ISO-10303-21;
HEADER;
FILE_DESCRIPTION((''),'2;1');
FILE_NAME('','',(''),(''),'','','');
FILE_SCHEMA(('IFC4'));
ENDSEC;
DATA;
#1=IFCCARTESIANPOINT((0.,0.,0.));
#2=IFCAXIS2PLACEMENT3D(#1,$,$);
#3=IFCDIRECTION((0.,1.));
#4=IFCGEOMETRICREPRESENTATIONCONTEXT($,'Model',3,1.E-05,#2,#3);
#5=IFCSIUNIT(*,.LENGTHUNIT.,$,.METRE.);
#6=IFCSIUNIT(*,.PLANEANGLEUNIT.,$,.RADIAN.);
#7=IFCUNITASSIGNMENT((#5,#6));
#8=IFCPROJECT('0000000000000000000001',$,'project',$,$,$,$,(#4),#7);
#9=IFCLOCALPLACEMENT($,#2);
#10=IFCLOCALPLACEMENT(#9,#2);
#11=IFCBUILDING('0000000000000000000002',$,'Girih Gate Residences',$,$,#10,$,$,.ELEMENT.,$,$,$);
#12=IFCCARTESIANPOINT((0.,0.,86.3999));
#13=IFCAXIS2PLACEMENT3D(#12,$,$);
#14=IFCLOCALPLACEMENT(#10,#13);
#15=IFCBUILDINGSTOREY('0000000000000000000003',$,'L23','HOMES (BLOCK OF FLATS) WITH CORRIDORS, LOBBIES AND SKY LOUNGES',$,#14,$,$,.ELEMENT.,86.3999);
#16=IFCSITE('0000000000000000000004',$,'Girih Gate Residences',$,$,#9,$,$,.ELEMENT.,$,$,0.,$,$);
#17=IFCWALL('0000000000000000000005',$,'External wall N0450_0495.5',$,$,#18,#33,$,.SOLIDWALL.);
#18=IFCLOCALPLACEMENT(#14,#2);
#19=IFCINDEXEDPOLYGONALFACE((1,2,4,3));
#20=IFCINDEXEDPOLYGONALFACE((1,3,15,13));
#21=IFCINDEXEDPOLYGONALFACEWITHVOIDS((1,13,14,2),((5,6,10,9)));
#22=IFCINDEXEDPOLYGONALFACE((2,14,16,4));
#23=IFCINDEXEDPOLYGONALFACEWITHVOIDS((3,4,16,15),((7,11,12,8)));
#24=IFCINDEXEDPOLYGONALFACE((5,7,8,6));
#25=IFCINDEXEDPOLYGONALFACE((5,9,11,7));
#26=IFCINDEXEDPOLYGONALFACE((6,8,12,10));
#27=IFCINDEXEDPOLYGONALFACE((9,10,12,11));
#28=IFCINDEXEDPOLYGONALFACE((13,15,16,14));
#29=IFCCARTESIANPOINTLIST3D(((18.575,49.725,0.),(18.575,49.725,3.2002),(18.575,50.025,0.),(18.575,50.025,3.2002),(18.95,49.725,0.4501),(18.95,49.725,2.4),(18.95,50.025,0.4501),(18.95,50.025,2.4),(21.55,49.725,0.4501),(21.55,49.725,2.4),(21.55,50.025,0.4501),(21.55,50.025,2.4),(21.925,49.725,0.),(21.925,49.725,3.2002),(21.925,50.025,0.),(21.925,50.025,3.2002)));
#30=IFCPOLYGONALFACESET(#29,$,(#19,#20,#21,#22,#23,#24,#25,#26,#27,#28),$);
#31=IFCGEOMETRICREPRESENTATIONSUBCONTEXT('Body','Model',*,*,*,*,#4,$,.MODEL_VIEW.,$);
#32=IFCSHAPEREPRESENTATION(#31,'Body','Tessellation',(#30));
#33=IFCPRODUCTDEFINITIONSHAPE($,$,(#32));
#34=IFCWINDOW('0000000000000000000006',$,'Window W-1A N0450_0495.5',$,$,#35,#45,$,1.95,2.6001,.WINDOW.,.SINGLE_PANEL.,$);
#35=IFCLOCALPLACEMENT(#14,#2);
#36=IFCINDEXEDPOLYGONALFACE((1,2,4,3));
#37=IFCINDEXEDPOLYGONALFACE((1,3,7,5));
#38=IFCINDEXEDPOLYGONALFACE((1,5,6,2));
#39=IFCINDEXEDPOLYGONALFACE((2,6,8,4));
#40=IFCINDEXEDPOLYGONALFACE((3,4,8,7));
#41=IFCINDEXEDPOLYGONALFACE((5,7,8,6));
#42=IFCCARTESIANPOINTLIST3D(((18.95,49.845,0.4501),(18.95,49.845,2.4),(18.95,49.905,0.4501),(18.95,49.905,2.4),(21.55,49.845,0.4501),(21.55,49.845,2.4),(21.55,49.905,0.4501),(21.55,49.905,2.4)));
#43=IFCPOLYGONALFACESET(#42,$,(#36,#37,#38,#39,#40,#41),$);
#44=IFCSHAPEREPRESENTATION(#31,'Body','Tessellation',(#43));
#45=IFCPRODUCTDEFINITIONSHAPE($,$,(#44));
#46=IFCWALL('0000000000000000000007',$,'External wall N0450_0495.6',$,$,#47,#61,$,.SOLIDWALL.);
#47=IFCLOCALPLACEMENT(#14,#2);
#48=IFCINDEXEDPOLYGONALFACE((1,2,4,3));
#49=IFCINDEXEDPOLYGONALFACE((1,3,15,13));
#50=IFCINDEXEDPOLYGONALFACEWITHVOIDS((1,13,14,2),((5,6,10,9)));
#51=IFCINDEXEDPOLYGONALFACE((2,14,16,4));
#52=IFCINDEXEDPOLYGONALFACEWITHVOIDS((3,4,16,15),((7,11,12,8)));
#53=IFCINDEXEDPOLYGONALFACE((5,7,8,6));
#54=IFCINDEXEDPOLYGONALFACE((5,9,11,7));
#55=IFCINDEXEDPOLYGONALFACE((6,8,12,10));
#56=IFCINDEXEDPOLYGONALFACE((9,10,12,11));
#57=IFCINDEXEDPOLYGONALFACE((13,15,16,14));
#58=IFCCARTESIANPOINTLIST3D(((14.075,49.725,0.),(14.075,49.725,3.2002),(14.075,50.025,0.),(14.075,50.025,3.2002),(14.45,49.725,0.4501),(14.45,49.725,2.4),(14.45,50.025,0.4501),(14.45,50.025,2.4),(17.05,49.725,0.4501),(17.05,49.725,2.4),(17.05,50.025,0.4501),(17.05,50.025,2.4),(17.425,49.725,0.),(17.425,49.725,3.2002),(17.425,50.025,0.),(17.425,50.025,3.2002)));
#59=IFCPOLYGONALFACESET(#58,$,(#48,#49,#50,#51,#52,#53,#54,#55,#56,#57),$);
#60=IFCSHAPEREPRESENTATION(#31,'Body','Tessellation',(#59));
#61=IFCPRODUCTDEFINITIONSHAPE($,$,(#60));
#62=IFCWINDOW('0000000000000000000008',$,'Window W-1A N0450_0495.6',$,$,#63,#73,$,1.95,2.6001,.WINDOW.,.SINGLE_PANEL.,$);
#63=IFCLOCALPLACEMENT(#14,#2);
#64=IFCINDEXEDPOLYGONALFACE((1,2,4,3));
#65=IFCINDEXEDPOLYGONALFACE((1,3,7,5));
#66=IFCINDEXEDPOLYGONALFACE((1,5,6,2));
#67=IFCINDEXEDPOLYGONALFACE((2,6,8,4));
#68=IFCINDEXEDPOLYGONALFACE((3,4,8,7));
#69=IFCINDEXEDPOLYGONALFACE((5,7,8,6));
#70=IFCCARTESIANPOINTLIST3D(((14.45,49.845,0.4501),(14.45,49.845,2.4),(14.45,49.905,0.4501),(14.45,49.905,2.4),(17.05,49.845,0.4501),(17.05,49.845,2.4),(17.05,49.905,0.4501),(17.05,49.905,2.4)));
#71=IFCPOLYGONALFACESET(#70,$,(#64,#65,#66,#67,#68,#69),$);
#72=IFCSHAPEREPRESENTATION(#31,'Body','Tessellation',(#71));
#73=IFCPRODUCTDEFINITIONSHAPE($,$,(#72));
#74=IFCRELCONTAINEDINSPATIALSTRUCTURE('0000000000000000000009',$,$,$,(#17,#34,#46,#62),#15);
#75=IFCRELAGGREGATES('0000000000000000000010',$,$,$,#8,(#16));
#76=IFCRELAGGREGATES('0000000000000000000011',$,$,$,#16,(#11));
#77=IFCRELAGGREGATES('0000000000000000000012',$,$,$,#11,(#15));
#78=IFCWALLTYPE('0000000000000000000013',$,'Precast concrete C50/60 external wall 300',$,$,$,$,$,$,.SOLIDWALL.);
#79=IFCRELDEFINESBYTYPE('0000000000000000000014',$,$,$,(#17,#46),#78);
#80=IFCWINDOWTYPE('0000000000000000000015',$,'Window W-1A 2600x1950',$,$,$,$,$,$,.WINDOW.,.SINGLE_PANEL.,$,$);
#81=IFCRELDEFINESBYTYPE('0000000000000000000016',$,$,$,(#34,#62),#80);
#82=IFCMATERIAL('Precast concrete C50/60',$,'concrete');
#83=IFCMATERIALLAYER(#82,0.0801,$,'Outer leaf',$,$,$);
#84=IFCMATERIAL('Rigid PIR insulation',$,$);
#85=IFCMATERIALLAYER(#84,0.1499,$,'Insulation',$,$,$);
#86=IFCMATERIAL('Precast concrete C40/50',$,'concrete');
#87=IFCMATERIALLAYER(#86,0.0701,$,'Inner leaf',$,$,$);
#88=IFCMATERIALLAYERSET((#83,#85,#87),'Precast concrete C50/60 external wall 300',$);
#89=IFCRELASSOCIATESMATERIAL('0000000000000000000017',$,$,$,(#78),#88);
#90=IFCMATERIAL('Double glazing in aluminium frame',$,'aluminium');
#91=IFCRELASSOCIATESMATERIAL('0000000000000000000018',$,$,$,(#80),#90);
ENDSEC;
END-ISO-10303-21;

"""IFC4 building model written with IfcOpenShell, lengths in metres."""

from ifc_helpers import new_model, si_unit, direction, frame, frame_2d, origin, place, context, subcontext, project, spatial, rectangle, extrude, material, layer, layer_set, type_object, element, fill, save


model = new_model("IFC4")

# Units and contexts
model_context = context("Model", 3, precision=1e-05, world=origin(), true_north=direction((0.0, 1.0)))
body_context = subcontext(model_context, "Body", "Model", "MODEL_VIEW")
ifc_project = project(units=[si_unit("LENGTHUNIT", "METRE"), si_unit("PLANEANGLEUNIT", "RADIAN")], contexts=[model_context])

# Site, building, storey
site_placement = place(None, origin())
site = spatial("IfcSite", under=ifc_project, at=site_placement, Name="Girih Gate Residences", CompositionType="ELEMENT", RefElevation=0.0)
building_placement = place(site_placement, origin())
building = spatial("IfcBuilding", under=site, at=building_placement, Name="Girih Gate Residences", CompositionType="ELEMENT")
storey_placement = place(building_placement, frame((0.0, 0.0, 86.3999)))
storey = spatial("IfcBuildingStorey", under=building, at=storey_placement, Name="L23", Description="HOMES (BLOCK OF FLATS) WITH CORRIDORS, LOBBIES AND SKY LOUNGES", CompositionType="ELEMENT", Elevation=86.3999)

# Walls, openings, windows
ifc_material_1 = material(Name="Precast concrete C50/60", Category="concrete")
ifc_layer_1 = layer(ifc_material_1, 0.0801, Name="Outer leaf")
ifc_material_2 = material(Name="Rigid PIR insulation")
ifc_layer_2 = layer(ifc_material_2, 0.1499, Name="Insulation")
ifc_material_3 = material(Name="Precast concrete C40/50", Category="concrete")
ifc_layer_3 = layer(ifc_material_3, 0.0701, Name="Inner leaf")
ifc_layer_set_1 = layer_set([ifc_layer_1, ifc_layer_2, ifc_layer_3], Name="Precast concrete C50/60 external wall 300")
wall_type_1 = type_object("IfcWallType", Name="Precast concrete C50/60 external wall 300", PredefinedType="SOLIDWALL", material=ifc_layer_set_1)
ifc_material_4 = material(Name="Double glazing in aluminium frame", Category="aluminium")
window_type = type_object("IfcWindowType", Name="Window W-1A 2600x1950", PartitioningType="SINGLE_PANEL", PredefinedType="WINDOW", material=ifc_material_4)
wall_1_placement = place(storey_placement, frame((18.575, 49.875, 0.0), z_axis=(0.0, 0.0, 1.0), x_axis=(1.0, 0.0, 0.0)))
wall_1 = element("IfcWall", 1, at=wall_1_placement, inside=storey, type_object=wall_type_1, Name="External wall N0450_0495.5", PredefinedType="SOLIDWALL", context=body_context, shape_type="SweptSolid", body=[
    extrude(rectangle(XDim=3.3501, YDim=0.3, at=frame_2d((1.675, 0.0))), origin(), (0.0, 0.0, 1.0), 3.2002),
])
opening_1_placement = place(wall_1_placement, frame((0.375, 0.0, 0.45)))
opening_1 = element("IfcOpeningElement", 2, at=opening_1_placement, cuts=wall_1, PredefinedType="OPENING", context=body_context, shape_type="SweptSolid", body=[
    extrude(rectangle(XDim=2.6001, YDim=1.95, at=frame_2d((1.3, 0.9751))), frame((0.0, 0.1599, 0.0), z_axis=(0.0, -1.0, 0.0), x_axis=(1.0, 0.0, 0.0)), (0.0, 0.0, 1.0), 0.3201),
])
window_1_placement = place(opening_1_placement, origin())
window_1 = element("IfcWindow", 3, at=window_1_placement, inside=storey, type_object=window_type, Name="Window W-1A N0450_0495.5", OverallHeight=1.95, OverallWidth=2.6001, PartitioningType="SINGLE_PANEL", PredefinedType="WINDOW", context=body_context, shape_type="SweptSolid", body=[
    extrude(rectangle(XDim=2.6001, YDim=1.95, at=frame_2d((1.3, 0.9751))), frame((0.0, 0.03, 0.0), z_axis=(0.0, -1.0, 0.0), x_axis=(1.0, 0.0, 0.0)), (0.0, 0.0, 1.0), 0.0601),
])
fill(opening_1, window_1)
wall_2_placement = place(storey_placement, frame((14.075, 49.875, 0.0), z_axis=(0.0, 0.0, 1.0), x_axis=(1.0, 0.0, 0.0)))
wall_2 = element("IfcWall", 4, at=wall_2_placement, inside=storey, type_object=wall_type_1, Name="External wall N0450_0495.6", PredefinedType="SOLIDWALL", context=body_context, shape_type="SweptSolid", body=[
    extrude(rectangle(XDim=3.3501, YDim=0.3, at=frame_2d((1.675, 0.0))), origin(), (0.0, 0.0, 1.0), 3.2002),
])
opening_2_placement = place(wall_2_placement, frame((0.375, 0.0, 0.45)))
opening_2 = element("IfcOpeningElement", 5, at=opening_2_placement, cuts=wall_2, PredefinedType="OPENING", context=body_context, shape_type="SweptSolid", body=[
    extrude(rectangle(XDim=2.6001, YDim=1.95, at=frame_2d((1.3, 0.9751))), frame((0.0, 0.1599, 0.0), z_axis=(0.0, -1.0, 0.0), x_axis=(1.0, 0.0, 0.0)), (0.0, 0.0, 1.0), 0.3201),
])
window_2_placement = place(opening_2_placement, origin())
window_2 = element("IfcWindow", 6, at=window_2_placement, inside=storey, type_object=window_type, Name="Window W-1A N0450_0495.6", OverallHeight=1.95, OverallWidth=2.6001, PartitioningType="SINGLE_PANEL", PredefinedType="WINDOW", context=body_context, shape_type="SweptSolid", body=[
    extrude(rectangle(XDim=2.6001, YDim=1.95, at=frame_2d((1.3, 0.9751))), frame((0.0, 0.03, 0.0), z_axis=(0.0, -1.0, 0.0), x_axis=(1.0, 0.0, 0.0)), (0.0, 0.0, 1.0), 0.0601),
])
fill(opening_2, window_2)

save(model, "model.ifc")
